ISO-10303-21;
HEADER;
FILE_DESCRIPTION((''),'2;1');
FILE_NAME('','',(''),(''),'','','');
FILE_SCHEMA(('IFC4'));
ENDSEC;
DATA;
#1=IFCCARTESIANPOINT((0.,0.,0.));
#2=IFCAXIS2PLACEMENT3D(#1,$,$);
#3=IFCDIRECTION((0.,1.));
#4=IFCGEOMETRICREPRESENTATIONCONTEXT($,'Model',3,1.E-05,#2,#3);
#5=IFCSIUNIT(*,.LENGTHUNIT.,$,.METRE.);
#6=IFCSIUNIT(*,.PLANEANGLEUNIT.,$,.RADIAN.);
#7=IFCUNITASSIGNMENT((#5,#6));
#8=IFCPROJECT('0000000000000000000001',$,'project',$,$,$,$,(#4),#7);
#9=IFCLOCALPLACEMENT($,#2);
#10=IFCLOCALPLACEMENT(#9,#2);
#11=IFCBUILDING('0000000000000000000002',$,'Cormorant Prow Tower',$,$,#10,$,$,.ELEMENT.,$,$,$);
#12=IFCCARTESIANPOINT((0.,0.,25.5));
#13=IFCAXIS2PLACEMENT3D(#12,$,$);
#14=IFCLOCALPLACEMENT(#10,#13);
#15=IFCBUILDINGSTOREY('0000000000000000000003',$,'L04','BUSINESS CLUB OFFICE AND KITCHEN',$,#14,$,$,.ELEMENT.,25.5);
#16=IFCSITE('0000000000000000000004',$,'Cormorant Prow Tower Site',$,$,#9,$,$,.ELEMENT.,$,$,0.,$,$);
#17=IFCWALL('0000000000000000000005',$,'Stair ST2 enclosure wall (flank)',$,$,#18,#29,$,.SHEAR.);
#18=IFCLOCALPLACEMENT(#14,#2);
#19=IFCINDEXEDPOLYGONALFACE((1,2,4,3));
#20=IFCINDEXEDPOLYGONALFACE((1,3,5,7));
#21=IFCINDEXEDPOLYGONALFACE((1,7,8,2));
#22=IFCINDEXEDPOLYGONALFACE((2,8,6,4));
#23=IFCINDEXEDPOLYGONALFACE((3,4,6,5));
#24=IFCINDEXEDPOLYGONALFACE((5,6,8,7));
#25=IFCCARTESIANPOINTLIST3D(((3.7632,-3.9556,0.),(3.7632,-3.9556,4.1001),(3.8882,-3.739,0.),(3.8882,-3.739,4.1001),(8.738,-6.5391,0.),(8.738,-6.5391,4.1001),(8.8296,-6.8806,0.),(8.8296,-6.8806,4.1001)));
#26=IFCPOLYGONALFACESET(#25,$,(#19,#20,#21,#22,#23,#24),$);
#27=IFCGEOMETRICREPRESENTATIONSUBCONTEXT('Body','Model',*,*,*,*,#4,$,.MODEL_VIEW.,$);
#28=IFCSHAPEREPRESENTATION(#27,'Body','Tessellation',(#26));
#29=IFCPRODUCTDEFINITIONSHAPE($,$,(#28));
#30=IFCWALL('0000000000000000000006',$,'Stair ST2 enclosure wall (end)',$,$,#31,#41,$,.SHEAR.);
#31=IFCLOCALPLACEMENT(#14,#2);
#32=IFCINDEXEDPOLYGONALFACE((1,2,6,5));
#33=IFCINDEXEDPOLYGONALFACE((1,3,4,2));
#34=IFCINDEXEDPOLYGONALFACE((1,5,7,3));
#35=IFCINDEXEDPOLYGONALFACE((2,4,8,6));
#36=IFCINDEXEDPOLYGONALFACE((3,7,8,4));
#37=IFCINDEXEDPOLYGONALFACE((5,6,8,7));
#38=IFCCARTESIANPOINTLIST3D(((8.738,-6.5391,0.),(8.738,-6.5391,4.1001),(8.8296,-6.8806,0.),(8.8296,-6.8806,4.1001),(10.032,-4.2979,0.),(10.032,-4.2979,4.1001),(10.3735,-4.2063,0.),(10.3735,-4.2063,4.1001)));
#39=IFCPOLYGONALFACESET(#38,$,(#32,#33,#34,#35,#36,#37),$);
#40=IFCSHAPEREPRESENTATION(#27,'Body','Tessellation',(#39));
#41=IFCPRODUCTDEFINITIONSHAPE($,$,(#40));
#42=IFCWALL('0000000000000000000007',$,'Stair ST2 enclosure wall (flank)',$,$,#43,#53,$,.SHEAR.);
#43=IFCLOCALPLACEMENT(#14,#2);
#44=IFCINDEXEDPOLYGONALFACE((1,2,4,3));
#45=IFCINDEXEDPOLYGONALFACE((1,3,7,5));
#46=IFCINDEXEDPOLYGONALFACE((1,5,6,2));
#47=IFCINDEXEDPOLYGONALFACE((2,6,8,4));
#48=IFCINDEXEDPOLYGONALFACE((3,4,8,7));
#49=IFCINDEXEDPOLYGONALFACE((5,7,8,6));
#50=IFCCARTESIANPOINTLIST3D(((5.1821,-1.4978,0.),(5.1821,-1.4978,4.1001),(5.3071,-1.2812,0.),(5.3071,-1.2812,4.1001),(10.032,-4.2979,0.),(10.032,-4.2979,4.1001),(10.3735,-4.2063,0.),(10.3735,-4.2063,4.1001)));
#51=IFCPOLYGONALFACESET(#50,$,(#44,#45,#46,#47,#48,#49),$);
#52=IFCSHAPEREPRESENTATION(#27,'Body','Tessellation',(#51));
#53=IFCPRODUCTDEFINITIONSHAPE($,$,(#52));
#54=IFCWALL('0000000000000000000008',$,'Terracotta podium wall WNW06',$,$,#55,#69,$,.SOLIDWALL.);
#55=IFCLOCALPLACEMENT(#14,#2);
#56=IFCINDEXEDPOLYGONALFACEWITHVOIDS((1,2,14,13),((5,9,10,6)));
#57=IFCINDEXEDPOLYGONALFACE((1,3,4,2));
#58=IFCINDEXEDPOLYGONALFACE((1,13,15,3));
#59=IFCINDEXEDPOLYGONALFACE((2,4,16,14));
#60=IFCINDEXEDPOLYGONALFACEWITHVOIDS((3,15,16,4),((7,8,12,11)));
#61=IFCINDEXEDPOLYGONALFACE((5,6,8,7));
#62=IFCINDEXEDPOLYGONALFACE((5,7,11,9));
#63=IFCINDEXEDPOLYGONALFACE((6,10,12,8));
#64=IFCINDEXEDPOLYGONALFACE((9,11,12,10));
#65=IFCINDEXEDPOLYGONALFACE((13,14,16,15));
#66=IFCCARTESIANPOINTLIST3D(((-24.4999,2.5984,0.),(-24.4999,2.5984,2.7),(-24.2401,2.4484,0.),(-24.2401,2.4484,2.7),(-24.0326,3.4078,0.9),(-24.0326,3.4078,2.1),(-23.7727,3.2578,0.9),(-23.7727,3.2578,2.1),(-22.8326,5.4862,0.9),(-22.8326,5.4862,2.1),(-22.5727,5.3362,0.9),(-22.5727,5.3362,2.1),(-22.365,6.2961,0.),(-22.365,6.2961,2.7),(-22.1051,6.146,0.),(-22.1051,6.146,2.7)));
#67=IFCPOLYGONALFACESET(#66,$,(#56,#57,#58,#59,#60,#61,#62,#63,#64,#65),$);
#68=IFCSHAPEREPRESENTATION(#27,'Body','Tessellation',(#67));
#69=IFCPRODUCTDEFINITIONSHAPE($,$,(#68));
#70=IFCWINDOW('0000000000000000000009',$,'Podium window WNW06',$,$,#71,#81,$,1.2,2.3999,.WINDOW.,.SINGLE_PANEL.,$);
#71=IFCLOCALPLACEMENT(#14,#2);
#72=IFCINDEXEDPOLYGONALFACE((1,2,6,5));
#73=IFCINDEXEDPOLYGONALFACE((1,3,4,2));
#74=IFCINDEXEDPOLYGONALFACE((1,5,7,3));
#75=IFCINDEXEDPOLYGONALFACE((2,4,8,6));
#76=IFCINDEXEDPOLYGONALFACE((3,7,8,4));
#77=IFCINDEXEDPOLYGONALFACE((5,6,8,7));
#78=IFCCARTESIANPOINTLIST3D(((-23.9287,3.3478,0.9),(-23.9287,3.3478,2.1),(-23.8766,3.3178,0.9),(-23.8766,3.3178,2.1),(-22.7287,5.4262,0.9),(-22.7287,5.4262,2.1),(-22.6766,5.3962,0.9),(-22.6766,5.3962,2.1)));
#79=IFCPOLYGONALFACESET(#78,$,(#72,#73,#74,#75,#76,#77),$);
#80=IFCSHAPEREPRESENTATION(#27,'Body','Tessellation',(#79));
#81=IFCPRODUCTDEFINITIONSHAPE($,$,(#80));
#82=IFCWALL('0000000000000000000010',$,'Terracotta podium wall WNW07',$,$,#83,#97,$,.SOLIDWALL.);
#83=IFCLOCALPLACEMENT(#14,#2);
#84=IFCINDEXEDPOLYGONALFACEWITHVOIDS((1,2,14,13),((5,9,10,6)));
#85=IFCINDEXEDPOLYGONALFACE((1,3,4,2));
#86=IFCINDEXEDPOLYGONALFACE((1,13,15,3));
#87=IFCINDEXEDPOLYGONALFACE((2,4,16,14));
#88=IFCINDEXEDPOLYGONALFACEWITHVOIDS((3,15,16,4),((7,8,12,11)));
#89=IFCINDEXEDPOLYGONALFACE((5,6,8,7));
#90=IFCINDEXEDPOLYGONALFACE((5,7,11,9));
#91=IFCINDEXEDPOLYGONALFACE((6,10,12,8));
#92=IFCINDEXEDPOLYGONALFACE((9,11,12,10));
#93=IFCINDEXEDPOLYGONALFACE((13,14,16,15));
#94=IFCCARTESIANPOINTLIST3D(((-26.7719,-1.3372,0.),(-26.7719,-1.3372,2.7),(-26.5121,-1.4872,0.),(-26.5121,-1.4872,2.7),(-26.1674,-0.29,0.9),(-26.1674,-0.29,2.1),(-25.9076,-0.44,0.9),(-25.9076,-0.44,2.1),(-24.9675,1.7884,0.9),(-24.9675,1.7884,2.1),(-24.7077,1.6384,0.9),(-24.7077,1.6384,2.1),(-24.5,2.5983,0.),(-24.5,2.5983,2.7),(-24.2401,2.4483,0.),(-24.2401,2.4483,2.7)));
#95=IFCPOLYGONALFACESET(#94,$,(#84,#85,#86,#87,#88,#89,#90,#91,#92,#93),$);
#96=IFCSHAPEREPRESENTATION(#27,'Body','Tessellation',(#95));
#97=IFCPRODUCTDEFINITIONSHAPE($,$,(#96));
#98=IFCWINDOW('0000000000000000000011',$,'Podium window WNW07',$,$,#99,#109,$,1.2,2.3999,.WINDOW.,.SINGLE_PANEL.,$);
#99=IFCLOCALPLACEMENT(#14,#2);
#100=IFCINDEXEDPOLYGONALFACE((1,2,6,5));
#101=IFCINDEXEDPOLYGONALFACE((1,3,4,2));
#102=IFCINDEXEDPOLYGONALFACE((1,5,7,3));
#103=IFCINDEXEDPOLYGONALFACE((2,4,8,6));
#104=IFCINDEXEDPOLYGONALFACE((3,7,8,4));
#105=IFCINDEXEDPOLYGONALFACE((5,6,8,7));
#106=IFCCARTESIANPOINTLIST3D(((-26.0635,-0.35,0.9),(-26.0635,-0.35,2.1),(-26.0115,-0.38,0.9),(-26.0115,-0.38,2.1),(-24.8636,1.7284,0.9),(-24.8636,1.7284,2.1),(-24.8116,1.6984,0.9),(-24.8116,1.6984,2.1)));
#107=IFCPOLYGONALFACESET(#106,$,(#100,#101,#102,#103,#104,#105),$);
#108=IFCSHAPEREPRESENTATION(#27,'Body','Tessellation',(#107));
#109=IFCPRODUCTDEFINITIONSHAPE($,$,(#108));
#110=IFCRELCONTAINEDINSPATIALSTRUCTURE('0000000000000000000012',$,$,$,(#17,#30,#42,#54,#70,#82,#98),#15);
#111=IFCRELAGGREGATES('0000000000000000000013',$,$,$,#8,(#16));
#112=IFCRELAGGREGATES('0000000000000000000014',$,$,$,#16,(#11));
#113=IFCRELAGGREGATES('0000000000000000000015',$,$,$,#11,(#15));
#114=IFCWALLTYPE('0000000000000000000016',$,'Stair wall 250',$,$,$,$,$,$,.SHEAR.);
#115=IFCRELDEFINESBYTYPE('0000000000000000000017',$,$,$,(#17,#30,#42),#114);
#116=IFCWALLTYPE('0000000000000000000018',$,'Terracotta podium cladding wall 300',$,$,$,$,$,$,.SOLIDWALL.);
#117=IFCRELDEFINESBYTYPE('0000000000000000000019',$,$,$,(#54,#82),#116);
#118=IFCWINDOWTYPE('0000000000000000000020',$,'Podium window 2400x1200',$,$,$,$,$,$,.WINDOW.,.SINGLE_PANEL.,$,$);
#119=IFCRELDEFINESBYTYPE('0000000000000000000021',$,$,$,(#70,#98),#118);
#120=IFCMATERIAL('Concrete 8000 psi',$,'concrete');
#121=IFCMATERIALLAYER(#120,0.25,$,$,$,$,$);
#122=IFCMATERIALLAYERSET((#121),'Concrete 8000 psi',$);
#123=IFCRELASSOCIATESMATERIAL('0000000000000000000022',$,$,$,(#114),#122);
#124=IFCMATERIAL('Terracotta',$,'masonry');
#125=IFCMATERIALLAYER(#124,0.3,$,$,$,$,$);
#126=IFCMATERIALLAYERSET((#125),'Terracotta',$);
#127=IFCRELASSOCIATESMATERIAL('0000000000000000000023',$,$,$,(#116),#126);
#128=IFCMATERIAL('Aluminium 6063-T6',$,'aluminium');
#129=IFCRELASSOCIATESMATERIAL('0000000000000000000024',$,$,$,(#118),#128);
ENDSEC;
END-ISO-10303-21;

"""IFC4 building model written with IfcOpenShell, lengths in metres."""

from ifc_helpers import new_model, si_unit, direction, frame, frame_2d, origin, place, context, subcontext, project, spatial, polyline, rectangle, outline, extrude, material, layer, layer_set, type_object, element, fill, save


model = new_model("IFC4")

# Units and contexts
model_context = context("Model", 3, precision=1e-05, world=origin(), true_north=direction((0.0, 1.0)))
body_context = subcontext(model_context, "Body", "Model", "MODEL_VIEW")
ifc_project = project(units=[si_unit("LENGTHUNIT", "METRE"), si_unit("PLANEANGLEUNIT", "RADIAN")], contexts=[model_context])

# Site, building, storey
site_placement = place(None, origin())
site = spatial("IfcSite", under=ifc_project, at=site_placement, Name="Cormorant Prow Tower Site", CompositionType="ELEMENT", RefElevation=0.0)
building_placement = place(site_placement, origin())
building = spatial("IfcBuilding", under=site, at=building_placement, Name="Cormorant Prow Tower", CompositionType="ELEMENT")
storey_placement = place(building_placement, frame((0.0, 0.0, 25.5)))
storey = spatial("IfcBuildingStorey", under=building, at=storey_placement, Name="L04", Description="BUSINESS CLUB OFFICE AND KITCHEN", CompositionType="ELEMENT", Elevation=25.5)

# Walls
ifc_material_1 = material(Name="Concrete 8000 psi", Category="concrete")
ifc_layer_1 = layer(ifc_material_1, 0.25)
ifc_layer_set_1 = layer_set([ifc_layer_1], Name="Concrete 8000 psi")
wall_type_1 = type_object("IfcWallType", Name="Stair wall 250", PredefinedType="SHEAR", material=ifc_layer_set_1)
wall_1_placement = place(storey_placement, origin())
element("IfcWall", 1, at=wall_1_placement, inside=storey, type_object=wall_type_1, Name="Stair ST2 enclosure wall (flank)", PredefinedType="SHEAR", context=body_context, shape_type="SweptSolid", body=[
    extrude(outline(polyline([(3.7632, -3.9556), (8.8296, -6.8806), (8.738, -6.5391), (3.8882, -3.739), (3.7632, -3.9556)])), origin(), (0.0, 0.0, 1.0), 4.1001),
])
wall_2_placement = place(storey_placement, origin())
element("IfcWall", 2, at=wall_2_placement, inside=storey, type_object=wall_type_1, Name="Stair ST2 enclosure wall (end)", PredefinedType="SHEAR", context=body_context, shape_type="SweptSolid", body=[
    extrude(outline(polyline([(8.8296, -6.8806), (10.3735, -4.2063), (10.032, -4.2979), (8.738, -6.5391), (8.8296, -6.8806)])), origin(), (0.0, 0.0, 1.0), 4.1001),
])
wall_3_placement = place(storey_placement, origin())
element("IfcWall", 3, at=wall_3_placement, inside=storey, type_object=wall_type_1, Name="Stair ST2 enclosure wall (flank)", PredefinedType="SHEAR", context=body_context, shape_type="SweptSolid", body=[
    extrude(outline(polyline([(10.032, -4.2979), (10.3735, -4.2063), (5.3071, -1.2812), (5.1821, -1.4978), (10.032, -4.2979)])), origin(), (0.0, 0.0, 1.0), 4.1001),
])

# Walls, openings, windows
ifc_material_2 = material(Name="Terracotta", Category="masonry")
ifc_layer_2 = layer(ifc_material_2, 0.3)
ifc_layer_set_2 = layer_set([ifc_layer_2], Name="Terracotta")
wall_type_2 = type_object("IfcWallType", Name="Terracotta podium cladding wall 300", PredefinedType="SOLIDWALL", material=ifc_layer_set_2)
wall_4_placement = place(storey_placement, frame((-22.2351, 6.2209, 0.0), z_axis=(0.0, 0.0, 1.0), x_axis=(-0.500019, -0.866014, 0.0)))
wall_4 = element("IfcWall", 4, at=wall_4_placement, inside=storey, type_object=wall_type_2, Name="Terracotta podium wall WNW06", PredefinedType="SOLIDWALL", context=body_context, shape_type="SweptSolid", body=[
    extrude(rectangle(XDim=4.2698, YDim=0.3, at=frame_2d((2.1348, 0.0))), origin(), (0.0, 0.0, 1.0), 2.7),
])
opening_1_placement = place(wall_4_placement, frame((0.9351, 0.0, 0.8999)))
opening_1 = element("IfcOpeningElement", 5, at=opening_1_placement, cuts=wall_4, PredefinedType="OPENING", context=body_context, shape_type="SweptSolid", body=[
    extrude(rectangle(XDim=2.3999, YDim=1.2, at=frame_2d((1.2, 0.6001))), frame((0.0, 0.1599, 0.0), z_axis=(0.0, -1.0, 0.0), x_axis=(1.0, 0.0, 0.0)), (0.0, 0.0, 1.0), 0.3201),
])
ifc_material_3 = material(Name="Aluminium 6063-T6", Category="aluminium")
window_type = type_object("IfcWindowType", Name="Podium window 2400x1200", PartitioningType="SINGLE_PANEL", PredefinedType="WINDOW", material=ifc_material_3)
window_1_placement = place(opening_1_placement, origin())
window_1 = element("IfcWindow", 6, at=window_1_placement, inside=storey, type_object=window_type, Name="Podium window WNW06", OverallHeight=1.2, OverallWidth=2.3999, PartitioningType="SINGLE_PANEL", PredefinedType="WINDOW", context=body_context, shape_type="SweptSolid", body=[
    extrude(rectangle(XDim=2.3999, YDim=1.2, at=frame_2d((1.2, 0.6001))), frame((0.0, 0.03, 0.0), z_axis=(0.0, -1.0, 0.0), x_axis=(1.0, 0.0, 0.0)), (0.0, 0.0, 1.0), 0.0601),
])
fill(opening_1, window_1)
wall_5_placement = place(storey_placement, frame((-24.3701, 2.5232, 0.0), z_axis=(0.0, 0.0, 1.0), x_axis=(-0.499964, -0.866046, 0.0)))
wall_5 = element("IfcWall", 7, at=wall_5_placement, inside=storey, type_object=wall_type_2, Name="Terracotta podium wall WNW07", PredefinedType="SOLIDWALL", context=body_context, shape_type="SweptSolid", body=[
    extrude(rectangle(XDim=4.5442, YDim=0.3, at=frame_2d((2.272, 0.0))), origin(), (0.0, 0.0, 1.0), 2.7),
])
opening_2_placement = place(wall_5_placement, frame((0.9351, 0.0, 0.8999)))
opening_2 = element("IfcOpeningElement", 8, at=opening_2_placement, cuts=wall_5, PredefinedType="OPENING", context=body_context, shape_type="SweptSolid", body=[
    extrude(rectangle(XDim=2.3999, YDim=1.2, at=frame_2d((1.2, 0.6001))), frame((0.0, 0.1599, 0.0), z_axis=(0.0, -1.0, 0.0), x_axis=(1.0, 0.0, 0.0)), (0.0, 0.0, 1.0), 0.3201),
])
window_2_placement = place(opening_2_placement, origin())
window_2 = element("IfcWindow", 9, at=window_2_placement, inside=storey, type_object=window_type, Name="Podium window WNW07", OverallHeight=1.2, OverallWidth=2.3999, PartitioningType="SINGLE_PANEL", PredefinedType="WINDOW", context=body_context, shape_type="SweptSolid", body=[
    extrude(rectangle(XDim=2.3999, YDim=1.2, at=frame_2d((1.2, 0.6001))), frame((0.0, 0.03, 0.0), z_axis=(0.0, -1.0, 0.0), x_axis=(1.0, 0.0, 0.0)), (0.0, 0.0, 1.0), 0.0601),
])
fill(opening_2, window_2)

save(model, "model.ifc")
